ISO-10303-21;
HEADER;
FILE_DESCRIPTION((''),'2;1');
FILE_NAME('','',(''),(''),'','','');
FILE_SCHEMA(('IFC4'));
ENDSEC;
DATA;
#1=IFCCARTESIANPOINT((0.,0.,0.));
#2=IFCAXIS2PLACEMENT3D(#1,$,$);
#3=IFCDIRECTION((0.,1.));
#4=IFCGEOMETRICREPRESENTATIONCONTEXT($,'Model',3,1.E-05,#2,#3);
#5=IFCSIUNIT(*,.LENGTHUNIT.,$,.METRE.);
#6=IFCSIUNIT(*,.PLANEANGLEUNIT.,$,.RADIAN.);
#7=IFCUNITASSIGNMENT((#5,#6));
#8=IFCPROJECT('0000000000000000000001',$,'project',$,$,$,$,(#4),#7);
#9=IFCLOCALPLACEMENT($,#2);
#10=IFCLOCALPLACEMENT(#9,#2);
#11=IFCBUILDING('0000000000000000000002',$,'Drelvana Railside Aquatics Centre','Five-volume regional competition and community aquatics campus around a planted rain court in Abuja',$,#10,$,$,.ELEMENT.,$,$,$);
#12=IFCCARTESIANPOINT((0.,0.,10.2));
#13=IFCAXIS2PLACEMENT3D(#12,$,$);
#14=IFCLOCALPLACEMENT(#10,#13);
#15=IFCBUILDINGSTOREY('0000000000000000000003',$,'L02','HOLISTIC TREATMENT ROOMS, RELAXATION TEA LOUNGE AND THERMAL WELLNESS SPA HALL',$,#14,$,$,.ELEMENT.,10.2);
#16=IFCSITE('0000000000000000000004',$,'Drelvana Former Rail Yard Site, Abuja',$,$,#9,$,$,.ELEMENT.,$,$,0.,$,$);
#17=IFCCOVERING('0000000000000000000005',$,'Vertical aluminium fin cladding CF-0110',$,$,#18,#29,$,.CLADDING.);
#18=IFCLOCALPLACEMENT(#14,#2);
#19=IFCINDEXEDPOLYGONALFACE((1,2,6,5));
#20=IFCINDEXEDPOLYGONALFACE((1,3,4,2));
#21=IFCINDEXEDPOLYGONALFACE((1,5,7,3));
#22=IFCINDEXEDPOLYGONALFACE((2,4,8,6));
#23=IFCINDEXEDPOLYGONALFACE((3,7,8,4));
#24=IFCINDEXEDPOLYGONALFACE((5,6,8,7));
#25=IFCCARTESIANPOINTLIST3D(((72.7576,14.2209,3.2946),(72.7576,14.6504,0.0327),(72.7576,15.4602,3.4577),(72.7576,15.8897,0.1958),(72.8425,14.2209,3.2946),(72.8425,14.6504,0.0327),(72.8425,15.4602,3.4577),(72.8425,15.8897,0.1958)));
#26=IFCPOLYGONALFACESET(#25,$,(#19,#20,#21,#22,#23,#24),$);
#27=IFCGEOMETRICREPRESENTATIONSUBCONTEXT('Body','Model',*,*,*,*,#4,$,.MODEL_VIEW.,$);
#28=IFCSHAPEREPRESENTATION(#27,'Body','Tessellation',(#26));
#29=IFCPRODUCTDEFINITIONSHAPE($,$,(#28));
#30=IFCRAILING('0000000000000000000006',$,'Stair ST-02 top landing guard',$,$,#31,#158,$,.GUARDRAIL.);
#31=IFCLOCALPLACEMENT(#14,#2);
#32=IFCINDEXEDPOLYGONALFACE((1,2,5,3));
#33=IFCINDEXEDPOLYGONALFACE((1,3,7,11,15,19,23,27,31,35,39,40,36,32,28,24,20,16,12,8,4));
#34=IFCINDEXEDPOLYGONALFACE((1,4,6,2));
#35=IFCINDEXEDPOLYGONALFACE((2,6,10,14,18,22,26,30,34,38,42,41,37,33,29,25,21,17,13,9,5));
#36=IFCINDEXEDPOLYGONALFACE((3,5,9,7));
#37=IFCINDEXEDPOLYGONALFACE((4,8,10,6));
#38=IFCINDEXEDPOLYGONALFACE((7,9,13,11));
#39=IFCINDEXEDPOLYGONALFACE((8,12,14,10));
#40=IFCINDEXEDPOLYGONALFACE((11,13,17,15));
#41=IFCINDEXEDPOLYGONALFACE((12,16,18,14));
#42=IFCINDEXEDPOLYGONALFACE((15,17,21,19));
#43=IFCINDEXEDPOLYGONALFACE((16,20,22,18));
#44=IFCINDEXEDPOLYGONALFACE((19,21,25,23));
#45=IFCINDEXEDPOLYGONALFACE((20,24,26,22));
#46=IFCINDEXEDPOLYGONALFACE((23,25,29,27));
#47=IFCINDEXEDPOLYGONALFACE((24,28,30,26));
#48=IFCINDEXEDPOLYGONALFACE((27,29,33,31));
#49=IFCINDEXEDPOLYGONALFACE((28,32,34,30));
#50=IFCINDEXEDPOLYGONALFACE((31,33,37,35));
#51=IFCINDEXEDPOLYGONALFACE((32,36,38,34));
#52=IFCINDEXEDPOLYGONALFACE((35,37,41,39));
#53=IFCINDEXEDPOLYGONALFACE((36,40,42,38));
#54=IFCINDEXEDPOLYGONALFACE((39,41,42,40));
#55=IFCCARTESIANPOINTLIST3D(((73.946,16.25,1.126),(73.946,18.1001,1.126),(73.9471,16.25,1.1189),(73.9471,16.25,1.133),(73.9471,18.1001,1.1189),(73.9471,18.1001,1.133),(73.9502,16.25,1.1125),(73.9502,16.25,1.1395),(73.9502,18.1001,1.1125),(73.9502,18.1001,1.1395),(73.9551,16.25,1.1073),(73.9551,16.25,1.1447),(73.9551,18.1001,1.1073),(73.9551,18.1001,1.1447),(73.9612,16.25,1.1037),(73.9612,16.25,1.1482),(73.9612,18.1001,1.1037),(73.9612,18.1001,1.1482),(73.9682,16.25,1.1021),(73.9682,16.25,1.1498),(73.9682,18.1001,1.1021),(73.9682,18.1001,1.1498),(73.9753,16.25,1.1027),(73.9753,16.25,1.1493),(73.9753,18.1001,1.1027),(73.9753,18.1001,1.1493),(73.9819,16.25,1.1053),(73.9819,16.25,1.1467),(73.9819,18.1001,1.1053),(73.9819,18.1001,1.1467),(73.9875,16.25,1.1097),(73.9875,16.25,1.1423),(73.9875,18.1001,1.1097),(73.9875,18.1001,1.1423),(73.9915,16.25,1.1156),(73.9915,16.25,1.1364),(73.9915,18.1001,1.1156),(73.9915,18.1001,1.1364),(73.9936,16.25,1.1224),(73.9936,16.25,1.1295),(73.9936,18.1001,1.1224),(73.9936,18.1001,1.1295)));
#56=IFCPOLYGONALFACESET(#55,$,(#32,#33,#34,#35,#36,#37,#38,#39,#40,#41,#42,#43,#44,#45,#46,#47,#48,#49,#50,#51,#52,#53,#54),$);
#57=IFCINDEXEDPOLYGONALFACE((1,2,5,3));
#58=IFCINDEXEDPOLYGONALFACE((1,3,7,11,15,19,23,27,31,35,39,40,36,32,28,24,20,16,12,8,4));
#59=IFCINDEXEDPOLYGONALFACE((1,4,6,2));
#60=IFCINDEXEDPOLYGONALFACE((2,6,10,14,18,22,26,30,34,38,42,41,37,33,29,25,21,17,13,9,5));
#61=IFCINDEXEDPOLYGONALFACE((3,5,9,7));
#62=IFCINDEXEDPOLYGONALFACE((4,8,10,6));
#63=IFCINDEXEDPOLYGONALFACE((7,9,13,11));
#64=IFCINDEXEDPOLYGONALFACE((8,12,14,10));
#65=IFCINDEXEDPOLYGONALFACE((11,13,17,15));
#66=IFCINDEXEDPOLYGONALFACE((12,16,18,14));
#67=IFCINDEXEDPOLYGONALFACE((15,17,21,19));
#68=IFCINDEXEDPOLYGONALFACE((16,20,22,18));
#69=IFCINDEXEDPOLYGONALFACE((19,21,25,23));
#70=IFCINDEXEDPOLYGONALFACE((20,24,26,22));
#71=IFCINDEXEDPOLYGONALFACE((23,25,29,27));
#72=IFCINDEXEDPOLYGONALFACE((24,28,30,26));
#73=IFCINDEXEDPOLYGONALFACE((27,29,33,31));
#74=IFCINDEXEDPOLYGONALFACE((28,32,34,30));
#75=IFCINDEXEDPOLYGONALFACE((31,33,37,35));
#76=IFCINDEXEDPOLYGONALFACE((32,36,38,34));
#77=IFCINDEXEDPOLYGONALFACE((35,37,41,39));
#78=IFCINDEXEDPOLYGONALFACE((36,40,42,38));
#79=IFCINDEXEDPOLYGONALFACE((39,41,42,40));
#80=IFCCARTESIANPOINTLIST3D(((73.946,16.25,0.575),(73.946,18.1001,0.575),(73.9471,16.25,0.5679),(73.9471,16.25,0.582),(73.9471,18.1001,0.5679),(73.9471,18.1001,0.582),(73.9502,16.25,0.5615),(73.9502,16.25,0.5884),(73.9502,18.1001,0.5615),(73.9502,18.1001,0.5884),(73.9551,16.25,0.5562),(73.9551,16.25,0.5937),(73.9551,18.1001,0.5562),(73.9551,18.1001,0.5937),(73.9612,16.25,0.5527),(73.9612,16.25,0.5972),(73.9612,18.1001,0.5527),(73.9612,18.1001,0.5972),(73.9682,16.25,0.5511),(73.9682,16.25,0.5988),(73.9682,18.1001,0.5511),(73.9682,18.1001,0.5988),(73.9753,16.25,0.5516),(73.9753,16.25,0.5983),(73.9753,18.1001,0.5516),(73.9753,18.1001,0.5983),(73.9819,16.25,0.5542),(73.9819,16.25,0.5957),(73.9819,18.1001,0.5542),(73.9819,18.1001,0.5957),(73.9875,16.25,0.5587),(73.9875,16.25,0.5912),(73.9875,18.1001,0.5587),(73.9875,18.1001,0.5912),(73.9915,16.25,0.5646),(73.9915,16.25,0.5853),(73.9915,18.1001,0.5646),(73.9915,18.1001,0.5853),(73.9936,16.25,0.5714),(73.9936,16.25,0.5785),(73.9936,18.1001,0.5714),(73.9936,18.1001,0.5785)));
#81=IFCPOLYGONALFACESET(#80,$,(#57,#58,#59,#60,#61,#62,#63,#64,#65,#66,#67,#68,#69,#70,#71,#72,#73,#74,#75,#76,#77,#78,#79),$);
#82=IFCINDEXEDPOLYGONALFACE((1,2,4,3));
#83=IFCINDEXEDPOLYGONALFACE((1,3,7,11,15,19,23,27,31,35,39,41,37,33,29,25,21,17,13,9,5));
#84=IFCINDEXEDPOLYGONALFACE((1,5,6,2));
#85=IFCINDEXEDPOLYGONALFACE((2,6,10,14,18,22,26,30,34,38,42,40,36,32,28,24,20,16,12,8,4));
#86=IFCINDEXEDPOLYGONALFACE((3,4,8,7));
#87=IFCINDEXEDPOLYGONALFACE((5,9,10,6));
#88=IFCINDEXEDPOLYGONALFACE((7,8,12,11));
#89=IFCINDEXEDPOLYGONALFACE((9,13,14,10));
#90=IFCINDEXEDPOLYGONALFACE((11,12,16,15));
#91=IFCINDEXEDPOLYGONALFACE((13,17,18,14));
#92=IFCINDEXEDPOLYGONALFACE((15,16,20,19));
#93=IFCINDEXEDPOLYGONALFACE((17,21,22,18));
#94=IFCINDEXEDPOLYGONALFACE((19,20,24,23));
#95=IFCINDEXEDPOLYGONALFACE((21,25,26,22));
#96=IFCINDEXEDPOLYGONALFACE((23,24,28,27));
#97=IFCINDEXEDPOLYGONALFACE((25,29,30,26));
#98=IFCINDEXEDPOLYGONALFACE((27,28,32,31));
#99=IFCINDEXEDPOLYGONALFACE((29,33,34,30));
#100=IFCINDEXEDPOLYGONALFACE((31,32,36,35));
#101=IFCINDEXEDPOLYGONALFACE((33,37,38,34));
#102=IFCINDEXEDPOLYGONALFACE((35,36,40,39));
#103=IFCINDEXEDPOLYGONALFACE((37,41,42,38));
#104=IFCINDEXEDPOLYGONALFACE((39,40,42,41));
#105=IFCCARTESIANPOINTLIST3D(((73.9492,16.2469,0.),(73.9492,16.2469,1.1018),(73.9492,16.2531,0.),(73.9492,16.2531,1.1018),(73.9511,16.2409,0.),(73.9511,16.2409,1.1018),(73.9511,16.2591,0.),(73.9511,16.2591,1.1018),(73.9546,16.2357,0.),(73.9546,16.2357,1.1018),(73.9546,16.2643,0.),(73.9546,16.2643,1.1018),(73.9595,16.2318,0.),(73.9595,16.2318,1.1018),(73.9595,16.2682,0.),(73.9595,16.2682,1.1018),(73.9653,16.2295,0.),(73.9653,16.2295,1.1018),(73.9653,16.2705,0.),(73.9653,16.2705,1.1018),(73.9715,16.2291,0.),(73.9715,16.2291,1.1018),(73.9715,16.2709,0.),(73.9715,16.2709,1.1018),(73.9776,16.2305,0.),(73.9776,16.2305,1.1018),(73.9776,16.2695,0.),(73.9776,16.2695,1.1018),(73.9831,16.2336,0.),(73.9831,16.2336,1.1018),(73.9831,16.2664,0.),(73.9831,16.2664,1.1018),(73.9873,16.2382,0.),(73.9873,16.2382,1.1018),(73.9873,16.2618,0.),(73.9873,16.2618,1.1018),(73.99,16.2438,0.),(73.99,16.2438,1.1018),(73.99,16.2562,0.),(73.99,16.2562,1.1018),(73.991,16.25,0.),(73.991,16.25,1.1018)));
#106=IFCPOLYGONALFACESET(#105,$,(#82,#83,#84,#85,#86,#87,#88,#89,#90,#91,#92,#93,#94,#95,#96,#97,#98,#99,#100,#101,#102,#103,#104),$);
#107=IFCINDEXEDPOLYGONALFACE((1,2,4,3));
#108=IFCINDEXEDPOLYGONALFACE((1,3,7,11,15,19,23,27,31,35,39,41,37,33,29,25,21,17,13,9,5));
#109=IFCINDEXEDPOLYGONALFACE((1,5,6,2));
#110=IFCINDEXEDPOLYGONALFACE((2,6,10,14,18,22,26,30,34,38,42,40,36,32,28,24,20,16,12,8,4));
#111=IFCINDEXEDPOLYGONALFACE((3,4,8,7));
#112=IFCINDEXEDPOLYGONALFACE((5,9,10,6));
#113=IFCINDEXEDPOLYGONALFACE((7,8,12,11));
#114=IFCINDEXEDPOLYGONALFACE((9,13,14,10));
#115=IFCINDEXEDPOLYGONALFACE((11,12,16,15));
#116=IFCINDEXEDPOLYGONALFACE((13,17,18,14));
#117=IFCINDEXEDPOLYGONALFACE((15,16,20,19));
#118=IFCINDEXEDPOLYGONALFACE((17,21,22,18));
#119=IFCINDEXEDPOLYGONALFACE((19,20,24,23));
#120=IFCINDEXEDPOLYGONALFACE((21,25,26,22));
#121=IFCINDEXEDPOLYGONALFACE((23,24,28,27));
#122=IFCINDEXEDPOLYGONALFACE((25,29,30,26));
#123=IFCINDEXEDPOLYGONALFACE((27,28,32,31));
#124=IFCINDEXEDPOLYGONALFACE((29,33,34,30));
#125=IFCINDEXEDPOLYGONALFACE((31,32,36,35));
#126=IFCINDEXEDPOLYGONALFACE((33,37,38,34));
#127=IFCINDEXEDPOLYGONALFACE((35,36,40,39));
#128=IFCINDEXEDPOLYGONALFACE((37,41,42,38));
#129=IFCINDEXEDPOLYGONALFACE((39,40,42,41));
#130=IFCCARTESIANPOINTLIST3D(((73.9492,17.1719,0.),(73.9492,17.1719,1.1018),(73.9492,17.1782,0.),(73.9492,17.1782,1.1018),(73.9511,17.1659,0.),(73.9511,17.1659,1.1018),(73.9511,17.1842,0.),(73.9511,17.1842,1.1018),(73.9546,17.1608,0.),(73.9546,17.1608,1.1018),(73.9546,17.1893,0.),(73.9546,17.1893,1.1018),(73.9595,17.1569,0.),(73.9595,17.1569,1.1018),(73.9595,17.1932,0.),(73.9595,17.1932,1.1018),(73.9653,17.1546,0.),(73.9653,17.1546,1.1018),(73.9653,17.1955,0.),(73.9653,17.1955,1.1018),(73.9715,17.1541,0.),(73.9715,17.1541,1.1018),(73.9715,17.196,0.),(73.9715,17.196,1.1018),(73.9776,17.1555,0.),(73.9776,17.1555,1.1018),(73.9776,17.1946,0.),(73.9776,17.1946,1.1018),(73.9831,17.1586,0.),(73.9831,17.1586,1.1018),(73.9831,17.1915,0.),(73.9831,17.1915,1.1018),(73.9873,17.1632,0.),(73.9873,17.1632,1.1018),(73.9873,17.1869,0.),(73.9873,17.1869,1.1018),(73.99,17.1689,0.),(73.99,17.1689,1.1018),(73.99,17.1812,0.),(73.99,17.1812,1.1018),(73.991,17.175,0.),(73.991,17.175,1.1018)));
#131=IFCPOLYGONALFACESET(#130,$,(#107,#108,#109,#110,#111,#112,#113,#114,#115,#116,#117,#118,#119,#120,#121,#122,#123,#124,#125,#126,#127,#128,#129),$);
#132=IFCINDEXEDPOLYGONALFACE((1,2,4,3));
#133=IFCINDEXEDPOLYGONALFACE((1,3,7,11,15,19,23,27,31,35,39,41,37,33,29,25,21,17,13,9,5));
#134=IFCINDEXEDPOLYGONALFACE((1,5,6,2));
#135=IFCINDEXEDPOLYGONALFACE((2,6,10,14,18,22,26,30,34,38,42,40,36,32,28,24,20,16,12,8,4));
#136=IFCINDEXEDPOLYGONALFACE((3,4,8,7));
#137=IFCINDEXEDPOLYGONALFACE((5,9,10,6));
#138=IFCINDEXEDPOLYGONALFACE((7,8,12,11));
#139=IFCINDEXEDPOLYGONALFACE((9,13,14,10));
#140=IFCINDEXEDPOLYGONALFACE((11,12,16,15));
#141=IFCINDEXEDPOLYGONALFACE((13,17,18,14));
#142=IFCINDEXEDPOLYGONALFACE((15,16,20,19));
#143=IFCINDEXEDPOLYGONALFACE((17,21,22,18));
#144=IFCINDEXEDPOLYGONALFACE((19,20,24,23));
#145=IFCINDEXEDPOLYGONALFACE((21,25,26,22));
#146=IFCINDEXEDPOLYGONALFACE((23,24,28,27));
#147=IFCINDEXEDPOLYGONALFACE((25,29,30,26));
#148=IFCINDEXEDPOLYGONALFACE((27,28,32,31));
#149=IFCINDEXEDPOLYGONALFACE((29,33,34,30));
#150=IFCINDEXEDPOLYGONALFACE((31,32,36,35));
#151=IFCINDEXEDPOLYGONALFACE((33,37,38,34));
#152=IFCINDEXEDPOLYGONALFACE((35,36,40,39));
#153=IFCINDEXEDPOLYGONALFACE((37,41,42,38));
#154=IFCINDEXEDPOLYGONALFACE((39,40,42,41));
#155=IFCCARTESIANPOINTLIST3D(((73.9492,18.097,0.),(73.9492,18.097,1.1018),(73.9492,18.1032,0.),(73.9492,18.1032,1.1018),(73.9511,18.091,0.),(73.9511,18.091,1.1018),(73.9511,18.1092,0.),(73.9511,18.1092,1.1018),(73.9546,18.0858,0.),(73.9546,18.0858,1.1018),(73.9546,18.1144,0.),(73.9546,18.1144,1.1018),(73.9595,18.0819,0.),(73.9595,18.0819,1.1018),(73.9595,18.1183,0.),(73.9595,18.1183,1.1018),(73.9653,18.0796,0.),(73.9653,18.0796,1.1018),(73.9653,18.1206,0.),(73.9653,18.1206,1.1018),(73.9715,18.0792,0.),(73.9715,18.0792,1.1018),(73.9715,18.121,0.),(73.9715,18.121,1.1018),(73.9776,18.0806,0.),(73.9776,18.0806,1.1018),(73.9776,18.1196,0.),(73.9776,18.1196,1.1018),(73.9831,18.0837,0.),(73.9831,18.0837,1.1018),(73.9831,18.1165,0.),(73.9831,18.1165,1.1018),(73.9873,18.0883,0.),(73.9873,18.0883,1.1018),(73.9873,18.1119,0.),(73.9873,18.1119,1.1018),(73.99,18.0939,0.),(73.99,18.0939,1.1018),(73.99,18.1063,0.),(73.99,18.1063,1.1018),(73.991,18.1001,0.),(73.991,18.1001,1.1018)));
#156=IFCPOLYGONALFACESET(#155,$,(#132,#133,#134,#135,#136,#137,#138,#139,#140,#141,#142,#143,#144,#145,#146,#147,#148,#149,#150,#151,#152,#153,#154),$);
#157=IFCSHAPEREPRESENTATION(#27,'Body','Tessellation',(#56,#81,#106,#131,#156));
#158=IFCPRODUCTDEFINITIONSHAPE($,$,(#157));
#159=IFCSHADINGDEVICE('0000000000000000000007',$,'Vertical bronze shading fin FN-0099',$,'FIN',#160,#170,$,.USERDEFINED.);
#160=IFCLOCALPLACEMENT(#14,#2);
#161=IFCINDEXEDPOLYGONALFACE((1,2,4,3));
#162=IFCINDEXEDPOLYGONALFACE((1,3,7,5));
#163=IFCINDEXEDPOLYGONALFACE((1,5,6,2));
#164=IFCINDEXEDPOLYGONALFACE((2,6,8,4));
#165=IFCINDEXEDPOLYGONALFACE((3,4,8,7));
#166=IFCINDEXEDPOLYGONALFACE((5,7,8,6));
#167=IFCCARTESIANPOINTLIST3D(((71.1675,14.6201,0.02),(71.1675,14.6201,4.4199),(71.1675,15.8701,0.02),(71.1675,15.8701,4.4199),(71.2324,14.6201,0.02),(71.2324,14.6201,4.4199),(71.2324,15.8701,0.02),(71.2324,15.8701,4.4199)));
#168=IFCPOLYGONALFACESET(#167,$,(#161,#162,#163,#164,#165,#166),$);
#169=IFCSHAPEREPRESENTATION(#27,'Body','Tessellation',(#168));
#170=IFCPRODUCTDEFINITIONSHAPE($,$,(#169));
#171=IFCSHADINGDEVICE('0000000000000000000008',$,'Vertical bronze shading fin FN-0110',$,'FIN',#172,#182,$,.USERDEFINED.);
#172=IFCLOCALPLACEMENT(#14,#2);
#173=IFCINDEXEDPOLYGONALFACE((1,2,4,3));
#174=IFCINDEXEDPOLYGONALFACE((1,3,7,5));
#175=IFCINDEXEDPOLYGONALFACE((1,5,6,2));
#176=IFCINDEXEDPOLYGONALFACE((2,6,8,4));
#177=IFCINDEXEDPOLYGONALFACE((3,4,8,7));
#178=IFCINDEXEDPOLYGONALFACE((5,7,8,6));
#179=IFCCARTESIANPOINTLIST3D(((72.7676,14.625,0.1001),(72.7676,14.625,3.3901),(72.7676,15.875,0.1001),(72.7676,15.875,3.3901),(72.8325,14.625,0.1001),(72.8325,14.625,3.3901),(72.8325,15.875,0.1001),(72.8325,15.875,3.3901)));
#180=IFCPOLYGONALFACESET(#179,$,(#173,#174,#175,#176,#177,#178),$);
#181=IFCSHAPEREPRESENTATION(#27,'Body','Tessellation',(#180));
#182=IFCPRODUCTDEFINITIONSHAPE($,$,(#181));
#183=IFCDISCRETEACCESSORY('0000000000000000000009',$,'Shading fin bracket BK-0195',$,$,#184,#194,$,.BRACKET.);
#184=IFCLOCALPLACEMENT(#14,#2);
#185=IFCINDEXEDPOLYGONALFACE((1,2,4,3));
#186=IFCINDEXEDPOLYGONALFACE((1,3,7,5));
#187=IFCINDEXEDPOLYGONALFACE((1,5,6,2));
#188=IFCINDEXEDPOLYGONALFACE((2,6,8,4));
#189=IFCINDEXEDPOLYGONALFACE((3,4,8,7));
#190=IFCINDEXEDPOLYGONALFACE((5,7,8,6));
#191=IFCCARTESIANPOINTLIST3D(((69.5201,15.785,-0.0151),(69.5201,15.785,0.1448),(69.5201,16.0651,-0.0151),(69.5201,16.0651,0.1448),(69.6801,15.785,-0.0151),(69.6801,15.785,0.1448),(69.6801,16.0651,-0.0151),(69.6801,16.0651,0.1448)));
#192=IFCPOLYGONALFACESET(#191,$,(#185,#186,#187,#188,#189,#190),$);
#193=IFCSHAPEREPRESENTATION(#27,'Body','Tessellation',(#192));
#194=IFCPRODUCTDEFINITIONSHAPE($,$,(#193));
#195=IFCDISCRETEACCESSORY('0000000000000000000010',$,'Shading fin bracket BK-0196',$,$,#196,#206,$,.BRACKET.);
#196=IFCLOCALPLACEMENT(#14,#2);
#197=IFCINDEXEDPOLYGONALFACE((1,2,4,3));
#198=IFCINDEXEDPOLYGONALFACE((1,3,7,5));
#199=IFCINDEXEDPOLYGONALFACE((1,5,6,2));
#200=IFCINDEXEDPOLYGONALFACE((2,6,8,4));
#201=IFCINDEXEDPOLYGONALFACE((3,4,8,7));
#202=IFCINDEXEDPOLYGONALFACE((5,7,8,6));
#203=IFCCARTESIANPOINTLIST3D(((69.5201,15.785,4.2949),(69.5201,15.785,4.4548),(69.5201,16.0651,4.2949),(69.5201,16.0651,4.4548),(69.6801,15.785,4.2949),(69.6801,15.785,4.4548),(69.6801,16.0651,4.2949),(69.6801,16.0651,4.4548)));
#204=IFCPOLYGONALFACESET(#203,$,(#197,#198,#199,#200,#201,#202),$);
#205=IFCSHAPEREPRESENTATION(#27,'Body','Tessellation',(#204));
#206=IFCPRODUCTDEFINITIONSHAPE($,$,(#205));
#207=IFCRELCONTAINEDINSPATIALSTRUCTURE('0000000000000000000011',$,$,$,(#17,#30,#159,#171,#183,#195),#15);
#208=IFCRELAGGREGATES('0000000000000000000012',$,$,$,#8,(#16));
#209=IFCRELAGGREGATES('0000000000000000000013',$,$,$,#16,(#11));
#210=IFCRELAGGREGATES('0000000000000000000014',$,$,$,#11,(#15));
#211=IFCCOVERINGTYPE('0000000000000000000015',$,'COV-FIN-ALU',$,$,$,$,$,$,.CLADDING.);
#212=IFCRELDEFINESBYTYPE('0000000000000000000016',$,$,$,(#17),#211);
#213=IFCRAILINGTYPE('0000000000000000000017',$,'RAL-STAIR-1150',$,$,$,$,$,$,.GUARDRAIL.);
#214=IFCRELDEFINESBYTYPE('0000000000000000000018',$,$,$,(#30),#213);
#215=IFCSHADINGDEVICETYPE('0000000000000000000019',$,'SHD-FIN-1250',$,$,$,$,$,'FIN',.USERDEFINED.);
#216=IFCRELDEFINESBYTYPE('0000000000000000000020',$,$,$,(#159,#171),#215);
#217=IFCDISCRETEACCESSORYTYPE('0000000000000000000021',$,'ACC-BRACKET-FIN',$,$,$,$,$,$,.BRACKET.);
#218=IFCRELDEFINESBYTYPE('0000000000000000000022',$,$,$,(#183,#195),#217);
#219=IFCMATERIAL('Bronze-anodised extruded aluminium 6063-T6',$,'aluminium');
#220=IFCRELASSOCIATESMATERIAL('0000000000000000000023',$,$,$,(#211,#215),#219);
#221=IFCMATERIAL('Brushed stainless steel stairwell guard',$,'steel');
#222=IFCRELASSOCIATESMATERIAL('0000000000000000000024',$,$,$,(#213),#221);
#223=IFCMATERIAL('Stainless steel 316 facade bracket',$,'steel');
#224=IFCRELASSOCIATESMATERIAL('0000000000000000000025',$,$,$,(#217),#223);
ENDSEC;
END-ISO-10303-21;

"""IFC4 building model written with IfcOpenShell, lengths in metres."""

from ifc_helpers import new_model, si_unit, direction, frame, origin, origin_2d, place, context, subcontext, project, spatial, rectangle, circle, extrude, material, type_object, element, save


model = new_model("IFC4")

# Units and contexts
model_context = context("Model", 3, precision=1e-05, world=origin(), true_north=direction((0.0, 1.0)))
body_context = subcontext(model_context, "Body", "Model", "MODEL_VIEW")
ifc_project = project(units=[si_unit("LENGTHUNIT", "METRE"), si_unit("PLANEANGLEUNIT", "RADIAN")], contexts=[model_context])

# Site, building, storey
site_placement = place(None, origin())
site = spatial("IfcSite", under=ifc_project, at=site_placement, Name="Drelvana Former Rail Yard Site, Abuja", CompositionType="ELEMENT", RefElevation=0.0)
building_placement = place(site_placement, origin())
building = spatial("IfcBuilding", under=site, at=building_placement, Name="Drelvana Railside Aquatics Centre", Description="Five-volume regional competition and community aquatics campus around a planted rain court in Abuja", CompositionType="ELEMENT")
storey_placement = place(building_placement, frame((0.0, 0.0, 10.2)))
storey = spatial("IfcBuildingStorey", under=building, at=storey_placement, Name="L02", Description="HOLISTIC TREATMENT ROOMS, RELAXATION TEA LOUNGE AND THERMAL WELLNESS SPA HALL", CompositionType="ELEMENT", Elevation=10.2)

# Covering
ifc_material_1 = material(Name="Bronze-anodised extruded aluminium 6063-T6", Category="aluminium")
covering_type = type_object("IfcCoveringType", Name="COV-FIN-ALU", PredefinedType="CLADDING", material=ifc_material_1)
covering_placement = place(storey_placement, frame((72.8, 15.27, 0.1143), z_axis=(0.0, -0.130526, 0.991445), x_axis=(-1.0, 0.0, 0.0)))
element("IfcCovering", 1, at=covering_placement, inside=storey, type_object=covering_type, Name="Vertical aluminium fin cladding CF-0110", PredefinedType="CLADDING", context=body_context, shape_type="SweptSolid", body=[
    extrude(rectangle(XDim=0.085, YDim=1.25, at=origin_2d()), origin(), (0.0, 0.0, 1.0), 3.29),
])

# Railing
ifc_material_2 = material(Name="Brushed stainless steel stairwell guard", Category="steel")
railing_type_1 = type_object("IfcRailingType", Name="RAL-STAIR-1150", PredefinedType="GUARDRAIL", material=ifc_material_2)
railing_1_placement = place(storey_placement, frame((73.97, 16.25, 0.0)))
element("IfcRailing", 2, at=railing_1_placement, inside=storey, type_object=railing_type_1, Name="Stair ST-02 top landing guard", PredefinedType="GUARDRAIL", context=body_context, shape_type="SweptSolid", body=[
    extrude(circle(Radius=0.0239, at=origin_2d()), frame((0.0, 0.0, 1.126), z_axis=(0.0, 1.0, 0.0), x_axis=(-1.0, 0.0, 0.0)), (0.0, 0.0, 1.0), 1.8501),
    extrude(circle(Radius=0.0239, at=origin_2d()), frame((0.0, 0.0, 0.575), z_axis=(0.0, 1.0, 0.0), x_axis=(-1.0, 0.0, 0.0)), (0.0, 0.0, 1.0), 1.8501),
    extrude(circle(Radius=0.021, at=origin_2d()), origin(), (0.0, 0.0, 1.0), 1.1018),
    extrude(circle(Radius=0.021, at=origin_2d()), frame((0.0, 0.925, 0.0)), (0.0, 0.0, 1.0), 1.1018),
    extrude(circle(Radius=0.021, at=origin_2d()), frame((0.0, 1.8501, 0.0)), (0.0, 0.0, 1.0), 1.1018),
])

# Shading devices
shading_device_type = type_object("IfcShadingDeviceType", Name="SHD-FIN-1250", ElementType="FIN", PredefinedType="USERDEFINED", material=ifc_material_1)
shading_device_1_placement = place(storey_placement, frame((71.2, 15.2451, 0.02), z_axis=(0.0, 0.0, 1.0), x_axis=(0.0, -1.0, 0.0)))
element("IfcShadingDevice", 3, at=shading_device_1_placement, inside=storey, type_object=shading_device_type, Name="Vertical bronze shading fin FN-0099", ObjectType="FIN", PredefinedType="USERDEFINED", context=body_context, shape_type="SweptSolid", body=[
    extrude(rectangle(XDim=1.25, YDim=0.0649, at=origin_2d()), origin(), (0.0, 0.0, 1.0), 4.3999),
])
shading_device_2_placement = place(storey_placement, frame((72.8, 15.25, 0.1001), z_axis=(0.0, 0.0, 1.0), x_axis=(0.0, -1.0, 0.0)))
element("IfcShadingDevice", 4, at=shading_device_2_placement, inside=storey, type_object=shading_device_type, Name="Vertical bronze shading fin FN-0110", ObjectType="FIN", PredefinedType="USERDEFINED", context=body_context, shape_type="SweptSolid", body=[
    extrude(rectangle(XDim=1.25, YDim=0.0649, at=origin_2d()), origin(), (0.0, 0.0, 1.0), 3.29),
])

# Discrete accessories
ifc_material_3 = material(Name="Stainless steel 316 facade bracket", Category="steel")
discrete_accessory_type = type_object("IfcDiscreteAccessoryType", Name="ACC-BRACKET-FIN", PredefinedType="BRACKET", material=ifc_material_3)
for number, where, z_axis, x_axis, name in (
    (5, (69.6001, 15.925, -0.0151), (0.0, 0.0, 1.0), (0.0, -1.0, 0.0), "Shading fin bracket BK-0195"),
    (6, (69.6001, 15.925, 4.2949), (0.0, 0.0, 1.0), (0.0, -1.0, 0.0), "Shading fin bracket BK-0196"),
):
    element("IfcDiscreteAccessory", number, at=place(storey_placement, frame(where, z_axis=z_axis, x_axis=x_axis)), inside=storey, type_object=discrete_accessory_type, Name=name, PredefinedType="BRACKET", context=body_context, shape_type="SweptSolid", body=[
        extrude(rectangle(XDim=0.28, YDim=0.1599, at=origin_2d()), origin(), (0.0, 0.0, 1.0), 0.1599),
    ])

save(model, "model.ifc")
